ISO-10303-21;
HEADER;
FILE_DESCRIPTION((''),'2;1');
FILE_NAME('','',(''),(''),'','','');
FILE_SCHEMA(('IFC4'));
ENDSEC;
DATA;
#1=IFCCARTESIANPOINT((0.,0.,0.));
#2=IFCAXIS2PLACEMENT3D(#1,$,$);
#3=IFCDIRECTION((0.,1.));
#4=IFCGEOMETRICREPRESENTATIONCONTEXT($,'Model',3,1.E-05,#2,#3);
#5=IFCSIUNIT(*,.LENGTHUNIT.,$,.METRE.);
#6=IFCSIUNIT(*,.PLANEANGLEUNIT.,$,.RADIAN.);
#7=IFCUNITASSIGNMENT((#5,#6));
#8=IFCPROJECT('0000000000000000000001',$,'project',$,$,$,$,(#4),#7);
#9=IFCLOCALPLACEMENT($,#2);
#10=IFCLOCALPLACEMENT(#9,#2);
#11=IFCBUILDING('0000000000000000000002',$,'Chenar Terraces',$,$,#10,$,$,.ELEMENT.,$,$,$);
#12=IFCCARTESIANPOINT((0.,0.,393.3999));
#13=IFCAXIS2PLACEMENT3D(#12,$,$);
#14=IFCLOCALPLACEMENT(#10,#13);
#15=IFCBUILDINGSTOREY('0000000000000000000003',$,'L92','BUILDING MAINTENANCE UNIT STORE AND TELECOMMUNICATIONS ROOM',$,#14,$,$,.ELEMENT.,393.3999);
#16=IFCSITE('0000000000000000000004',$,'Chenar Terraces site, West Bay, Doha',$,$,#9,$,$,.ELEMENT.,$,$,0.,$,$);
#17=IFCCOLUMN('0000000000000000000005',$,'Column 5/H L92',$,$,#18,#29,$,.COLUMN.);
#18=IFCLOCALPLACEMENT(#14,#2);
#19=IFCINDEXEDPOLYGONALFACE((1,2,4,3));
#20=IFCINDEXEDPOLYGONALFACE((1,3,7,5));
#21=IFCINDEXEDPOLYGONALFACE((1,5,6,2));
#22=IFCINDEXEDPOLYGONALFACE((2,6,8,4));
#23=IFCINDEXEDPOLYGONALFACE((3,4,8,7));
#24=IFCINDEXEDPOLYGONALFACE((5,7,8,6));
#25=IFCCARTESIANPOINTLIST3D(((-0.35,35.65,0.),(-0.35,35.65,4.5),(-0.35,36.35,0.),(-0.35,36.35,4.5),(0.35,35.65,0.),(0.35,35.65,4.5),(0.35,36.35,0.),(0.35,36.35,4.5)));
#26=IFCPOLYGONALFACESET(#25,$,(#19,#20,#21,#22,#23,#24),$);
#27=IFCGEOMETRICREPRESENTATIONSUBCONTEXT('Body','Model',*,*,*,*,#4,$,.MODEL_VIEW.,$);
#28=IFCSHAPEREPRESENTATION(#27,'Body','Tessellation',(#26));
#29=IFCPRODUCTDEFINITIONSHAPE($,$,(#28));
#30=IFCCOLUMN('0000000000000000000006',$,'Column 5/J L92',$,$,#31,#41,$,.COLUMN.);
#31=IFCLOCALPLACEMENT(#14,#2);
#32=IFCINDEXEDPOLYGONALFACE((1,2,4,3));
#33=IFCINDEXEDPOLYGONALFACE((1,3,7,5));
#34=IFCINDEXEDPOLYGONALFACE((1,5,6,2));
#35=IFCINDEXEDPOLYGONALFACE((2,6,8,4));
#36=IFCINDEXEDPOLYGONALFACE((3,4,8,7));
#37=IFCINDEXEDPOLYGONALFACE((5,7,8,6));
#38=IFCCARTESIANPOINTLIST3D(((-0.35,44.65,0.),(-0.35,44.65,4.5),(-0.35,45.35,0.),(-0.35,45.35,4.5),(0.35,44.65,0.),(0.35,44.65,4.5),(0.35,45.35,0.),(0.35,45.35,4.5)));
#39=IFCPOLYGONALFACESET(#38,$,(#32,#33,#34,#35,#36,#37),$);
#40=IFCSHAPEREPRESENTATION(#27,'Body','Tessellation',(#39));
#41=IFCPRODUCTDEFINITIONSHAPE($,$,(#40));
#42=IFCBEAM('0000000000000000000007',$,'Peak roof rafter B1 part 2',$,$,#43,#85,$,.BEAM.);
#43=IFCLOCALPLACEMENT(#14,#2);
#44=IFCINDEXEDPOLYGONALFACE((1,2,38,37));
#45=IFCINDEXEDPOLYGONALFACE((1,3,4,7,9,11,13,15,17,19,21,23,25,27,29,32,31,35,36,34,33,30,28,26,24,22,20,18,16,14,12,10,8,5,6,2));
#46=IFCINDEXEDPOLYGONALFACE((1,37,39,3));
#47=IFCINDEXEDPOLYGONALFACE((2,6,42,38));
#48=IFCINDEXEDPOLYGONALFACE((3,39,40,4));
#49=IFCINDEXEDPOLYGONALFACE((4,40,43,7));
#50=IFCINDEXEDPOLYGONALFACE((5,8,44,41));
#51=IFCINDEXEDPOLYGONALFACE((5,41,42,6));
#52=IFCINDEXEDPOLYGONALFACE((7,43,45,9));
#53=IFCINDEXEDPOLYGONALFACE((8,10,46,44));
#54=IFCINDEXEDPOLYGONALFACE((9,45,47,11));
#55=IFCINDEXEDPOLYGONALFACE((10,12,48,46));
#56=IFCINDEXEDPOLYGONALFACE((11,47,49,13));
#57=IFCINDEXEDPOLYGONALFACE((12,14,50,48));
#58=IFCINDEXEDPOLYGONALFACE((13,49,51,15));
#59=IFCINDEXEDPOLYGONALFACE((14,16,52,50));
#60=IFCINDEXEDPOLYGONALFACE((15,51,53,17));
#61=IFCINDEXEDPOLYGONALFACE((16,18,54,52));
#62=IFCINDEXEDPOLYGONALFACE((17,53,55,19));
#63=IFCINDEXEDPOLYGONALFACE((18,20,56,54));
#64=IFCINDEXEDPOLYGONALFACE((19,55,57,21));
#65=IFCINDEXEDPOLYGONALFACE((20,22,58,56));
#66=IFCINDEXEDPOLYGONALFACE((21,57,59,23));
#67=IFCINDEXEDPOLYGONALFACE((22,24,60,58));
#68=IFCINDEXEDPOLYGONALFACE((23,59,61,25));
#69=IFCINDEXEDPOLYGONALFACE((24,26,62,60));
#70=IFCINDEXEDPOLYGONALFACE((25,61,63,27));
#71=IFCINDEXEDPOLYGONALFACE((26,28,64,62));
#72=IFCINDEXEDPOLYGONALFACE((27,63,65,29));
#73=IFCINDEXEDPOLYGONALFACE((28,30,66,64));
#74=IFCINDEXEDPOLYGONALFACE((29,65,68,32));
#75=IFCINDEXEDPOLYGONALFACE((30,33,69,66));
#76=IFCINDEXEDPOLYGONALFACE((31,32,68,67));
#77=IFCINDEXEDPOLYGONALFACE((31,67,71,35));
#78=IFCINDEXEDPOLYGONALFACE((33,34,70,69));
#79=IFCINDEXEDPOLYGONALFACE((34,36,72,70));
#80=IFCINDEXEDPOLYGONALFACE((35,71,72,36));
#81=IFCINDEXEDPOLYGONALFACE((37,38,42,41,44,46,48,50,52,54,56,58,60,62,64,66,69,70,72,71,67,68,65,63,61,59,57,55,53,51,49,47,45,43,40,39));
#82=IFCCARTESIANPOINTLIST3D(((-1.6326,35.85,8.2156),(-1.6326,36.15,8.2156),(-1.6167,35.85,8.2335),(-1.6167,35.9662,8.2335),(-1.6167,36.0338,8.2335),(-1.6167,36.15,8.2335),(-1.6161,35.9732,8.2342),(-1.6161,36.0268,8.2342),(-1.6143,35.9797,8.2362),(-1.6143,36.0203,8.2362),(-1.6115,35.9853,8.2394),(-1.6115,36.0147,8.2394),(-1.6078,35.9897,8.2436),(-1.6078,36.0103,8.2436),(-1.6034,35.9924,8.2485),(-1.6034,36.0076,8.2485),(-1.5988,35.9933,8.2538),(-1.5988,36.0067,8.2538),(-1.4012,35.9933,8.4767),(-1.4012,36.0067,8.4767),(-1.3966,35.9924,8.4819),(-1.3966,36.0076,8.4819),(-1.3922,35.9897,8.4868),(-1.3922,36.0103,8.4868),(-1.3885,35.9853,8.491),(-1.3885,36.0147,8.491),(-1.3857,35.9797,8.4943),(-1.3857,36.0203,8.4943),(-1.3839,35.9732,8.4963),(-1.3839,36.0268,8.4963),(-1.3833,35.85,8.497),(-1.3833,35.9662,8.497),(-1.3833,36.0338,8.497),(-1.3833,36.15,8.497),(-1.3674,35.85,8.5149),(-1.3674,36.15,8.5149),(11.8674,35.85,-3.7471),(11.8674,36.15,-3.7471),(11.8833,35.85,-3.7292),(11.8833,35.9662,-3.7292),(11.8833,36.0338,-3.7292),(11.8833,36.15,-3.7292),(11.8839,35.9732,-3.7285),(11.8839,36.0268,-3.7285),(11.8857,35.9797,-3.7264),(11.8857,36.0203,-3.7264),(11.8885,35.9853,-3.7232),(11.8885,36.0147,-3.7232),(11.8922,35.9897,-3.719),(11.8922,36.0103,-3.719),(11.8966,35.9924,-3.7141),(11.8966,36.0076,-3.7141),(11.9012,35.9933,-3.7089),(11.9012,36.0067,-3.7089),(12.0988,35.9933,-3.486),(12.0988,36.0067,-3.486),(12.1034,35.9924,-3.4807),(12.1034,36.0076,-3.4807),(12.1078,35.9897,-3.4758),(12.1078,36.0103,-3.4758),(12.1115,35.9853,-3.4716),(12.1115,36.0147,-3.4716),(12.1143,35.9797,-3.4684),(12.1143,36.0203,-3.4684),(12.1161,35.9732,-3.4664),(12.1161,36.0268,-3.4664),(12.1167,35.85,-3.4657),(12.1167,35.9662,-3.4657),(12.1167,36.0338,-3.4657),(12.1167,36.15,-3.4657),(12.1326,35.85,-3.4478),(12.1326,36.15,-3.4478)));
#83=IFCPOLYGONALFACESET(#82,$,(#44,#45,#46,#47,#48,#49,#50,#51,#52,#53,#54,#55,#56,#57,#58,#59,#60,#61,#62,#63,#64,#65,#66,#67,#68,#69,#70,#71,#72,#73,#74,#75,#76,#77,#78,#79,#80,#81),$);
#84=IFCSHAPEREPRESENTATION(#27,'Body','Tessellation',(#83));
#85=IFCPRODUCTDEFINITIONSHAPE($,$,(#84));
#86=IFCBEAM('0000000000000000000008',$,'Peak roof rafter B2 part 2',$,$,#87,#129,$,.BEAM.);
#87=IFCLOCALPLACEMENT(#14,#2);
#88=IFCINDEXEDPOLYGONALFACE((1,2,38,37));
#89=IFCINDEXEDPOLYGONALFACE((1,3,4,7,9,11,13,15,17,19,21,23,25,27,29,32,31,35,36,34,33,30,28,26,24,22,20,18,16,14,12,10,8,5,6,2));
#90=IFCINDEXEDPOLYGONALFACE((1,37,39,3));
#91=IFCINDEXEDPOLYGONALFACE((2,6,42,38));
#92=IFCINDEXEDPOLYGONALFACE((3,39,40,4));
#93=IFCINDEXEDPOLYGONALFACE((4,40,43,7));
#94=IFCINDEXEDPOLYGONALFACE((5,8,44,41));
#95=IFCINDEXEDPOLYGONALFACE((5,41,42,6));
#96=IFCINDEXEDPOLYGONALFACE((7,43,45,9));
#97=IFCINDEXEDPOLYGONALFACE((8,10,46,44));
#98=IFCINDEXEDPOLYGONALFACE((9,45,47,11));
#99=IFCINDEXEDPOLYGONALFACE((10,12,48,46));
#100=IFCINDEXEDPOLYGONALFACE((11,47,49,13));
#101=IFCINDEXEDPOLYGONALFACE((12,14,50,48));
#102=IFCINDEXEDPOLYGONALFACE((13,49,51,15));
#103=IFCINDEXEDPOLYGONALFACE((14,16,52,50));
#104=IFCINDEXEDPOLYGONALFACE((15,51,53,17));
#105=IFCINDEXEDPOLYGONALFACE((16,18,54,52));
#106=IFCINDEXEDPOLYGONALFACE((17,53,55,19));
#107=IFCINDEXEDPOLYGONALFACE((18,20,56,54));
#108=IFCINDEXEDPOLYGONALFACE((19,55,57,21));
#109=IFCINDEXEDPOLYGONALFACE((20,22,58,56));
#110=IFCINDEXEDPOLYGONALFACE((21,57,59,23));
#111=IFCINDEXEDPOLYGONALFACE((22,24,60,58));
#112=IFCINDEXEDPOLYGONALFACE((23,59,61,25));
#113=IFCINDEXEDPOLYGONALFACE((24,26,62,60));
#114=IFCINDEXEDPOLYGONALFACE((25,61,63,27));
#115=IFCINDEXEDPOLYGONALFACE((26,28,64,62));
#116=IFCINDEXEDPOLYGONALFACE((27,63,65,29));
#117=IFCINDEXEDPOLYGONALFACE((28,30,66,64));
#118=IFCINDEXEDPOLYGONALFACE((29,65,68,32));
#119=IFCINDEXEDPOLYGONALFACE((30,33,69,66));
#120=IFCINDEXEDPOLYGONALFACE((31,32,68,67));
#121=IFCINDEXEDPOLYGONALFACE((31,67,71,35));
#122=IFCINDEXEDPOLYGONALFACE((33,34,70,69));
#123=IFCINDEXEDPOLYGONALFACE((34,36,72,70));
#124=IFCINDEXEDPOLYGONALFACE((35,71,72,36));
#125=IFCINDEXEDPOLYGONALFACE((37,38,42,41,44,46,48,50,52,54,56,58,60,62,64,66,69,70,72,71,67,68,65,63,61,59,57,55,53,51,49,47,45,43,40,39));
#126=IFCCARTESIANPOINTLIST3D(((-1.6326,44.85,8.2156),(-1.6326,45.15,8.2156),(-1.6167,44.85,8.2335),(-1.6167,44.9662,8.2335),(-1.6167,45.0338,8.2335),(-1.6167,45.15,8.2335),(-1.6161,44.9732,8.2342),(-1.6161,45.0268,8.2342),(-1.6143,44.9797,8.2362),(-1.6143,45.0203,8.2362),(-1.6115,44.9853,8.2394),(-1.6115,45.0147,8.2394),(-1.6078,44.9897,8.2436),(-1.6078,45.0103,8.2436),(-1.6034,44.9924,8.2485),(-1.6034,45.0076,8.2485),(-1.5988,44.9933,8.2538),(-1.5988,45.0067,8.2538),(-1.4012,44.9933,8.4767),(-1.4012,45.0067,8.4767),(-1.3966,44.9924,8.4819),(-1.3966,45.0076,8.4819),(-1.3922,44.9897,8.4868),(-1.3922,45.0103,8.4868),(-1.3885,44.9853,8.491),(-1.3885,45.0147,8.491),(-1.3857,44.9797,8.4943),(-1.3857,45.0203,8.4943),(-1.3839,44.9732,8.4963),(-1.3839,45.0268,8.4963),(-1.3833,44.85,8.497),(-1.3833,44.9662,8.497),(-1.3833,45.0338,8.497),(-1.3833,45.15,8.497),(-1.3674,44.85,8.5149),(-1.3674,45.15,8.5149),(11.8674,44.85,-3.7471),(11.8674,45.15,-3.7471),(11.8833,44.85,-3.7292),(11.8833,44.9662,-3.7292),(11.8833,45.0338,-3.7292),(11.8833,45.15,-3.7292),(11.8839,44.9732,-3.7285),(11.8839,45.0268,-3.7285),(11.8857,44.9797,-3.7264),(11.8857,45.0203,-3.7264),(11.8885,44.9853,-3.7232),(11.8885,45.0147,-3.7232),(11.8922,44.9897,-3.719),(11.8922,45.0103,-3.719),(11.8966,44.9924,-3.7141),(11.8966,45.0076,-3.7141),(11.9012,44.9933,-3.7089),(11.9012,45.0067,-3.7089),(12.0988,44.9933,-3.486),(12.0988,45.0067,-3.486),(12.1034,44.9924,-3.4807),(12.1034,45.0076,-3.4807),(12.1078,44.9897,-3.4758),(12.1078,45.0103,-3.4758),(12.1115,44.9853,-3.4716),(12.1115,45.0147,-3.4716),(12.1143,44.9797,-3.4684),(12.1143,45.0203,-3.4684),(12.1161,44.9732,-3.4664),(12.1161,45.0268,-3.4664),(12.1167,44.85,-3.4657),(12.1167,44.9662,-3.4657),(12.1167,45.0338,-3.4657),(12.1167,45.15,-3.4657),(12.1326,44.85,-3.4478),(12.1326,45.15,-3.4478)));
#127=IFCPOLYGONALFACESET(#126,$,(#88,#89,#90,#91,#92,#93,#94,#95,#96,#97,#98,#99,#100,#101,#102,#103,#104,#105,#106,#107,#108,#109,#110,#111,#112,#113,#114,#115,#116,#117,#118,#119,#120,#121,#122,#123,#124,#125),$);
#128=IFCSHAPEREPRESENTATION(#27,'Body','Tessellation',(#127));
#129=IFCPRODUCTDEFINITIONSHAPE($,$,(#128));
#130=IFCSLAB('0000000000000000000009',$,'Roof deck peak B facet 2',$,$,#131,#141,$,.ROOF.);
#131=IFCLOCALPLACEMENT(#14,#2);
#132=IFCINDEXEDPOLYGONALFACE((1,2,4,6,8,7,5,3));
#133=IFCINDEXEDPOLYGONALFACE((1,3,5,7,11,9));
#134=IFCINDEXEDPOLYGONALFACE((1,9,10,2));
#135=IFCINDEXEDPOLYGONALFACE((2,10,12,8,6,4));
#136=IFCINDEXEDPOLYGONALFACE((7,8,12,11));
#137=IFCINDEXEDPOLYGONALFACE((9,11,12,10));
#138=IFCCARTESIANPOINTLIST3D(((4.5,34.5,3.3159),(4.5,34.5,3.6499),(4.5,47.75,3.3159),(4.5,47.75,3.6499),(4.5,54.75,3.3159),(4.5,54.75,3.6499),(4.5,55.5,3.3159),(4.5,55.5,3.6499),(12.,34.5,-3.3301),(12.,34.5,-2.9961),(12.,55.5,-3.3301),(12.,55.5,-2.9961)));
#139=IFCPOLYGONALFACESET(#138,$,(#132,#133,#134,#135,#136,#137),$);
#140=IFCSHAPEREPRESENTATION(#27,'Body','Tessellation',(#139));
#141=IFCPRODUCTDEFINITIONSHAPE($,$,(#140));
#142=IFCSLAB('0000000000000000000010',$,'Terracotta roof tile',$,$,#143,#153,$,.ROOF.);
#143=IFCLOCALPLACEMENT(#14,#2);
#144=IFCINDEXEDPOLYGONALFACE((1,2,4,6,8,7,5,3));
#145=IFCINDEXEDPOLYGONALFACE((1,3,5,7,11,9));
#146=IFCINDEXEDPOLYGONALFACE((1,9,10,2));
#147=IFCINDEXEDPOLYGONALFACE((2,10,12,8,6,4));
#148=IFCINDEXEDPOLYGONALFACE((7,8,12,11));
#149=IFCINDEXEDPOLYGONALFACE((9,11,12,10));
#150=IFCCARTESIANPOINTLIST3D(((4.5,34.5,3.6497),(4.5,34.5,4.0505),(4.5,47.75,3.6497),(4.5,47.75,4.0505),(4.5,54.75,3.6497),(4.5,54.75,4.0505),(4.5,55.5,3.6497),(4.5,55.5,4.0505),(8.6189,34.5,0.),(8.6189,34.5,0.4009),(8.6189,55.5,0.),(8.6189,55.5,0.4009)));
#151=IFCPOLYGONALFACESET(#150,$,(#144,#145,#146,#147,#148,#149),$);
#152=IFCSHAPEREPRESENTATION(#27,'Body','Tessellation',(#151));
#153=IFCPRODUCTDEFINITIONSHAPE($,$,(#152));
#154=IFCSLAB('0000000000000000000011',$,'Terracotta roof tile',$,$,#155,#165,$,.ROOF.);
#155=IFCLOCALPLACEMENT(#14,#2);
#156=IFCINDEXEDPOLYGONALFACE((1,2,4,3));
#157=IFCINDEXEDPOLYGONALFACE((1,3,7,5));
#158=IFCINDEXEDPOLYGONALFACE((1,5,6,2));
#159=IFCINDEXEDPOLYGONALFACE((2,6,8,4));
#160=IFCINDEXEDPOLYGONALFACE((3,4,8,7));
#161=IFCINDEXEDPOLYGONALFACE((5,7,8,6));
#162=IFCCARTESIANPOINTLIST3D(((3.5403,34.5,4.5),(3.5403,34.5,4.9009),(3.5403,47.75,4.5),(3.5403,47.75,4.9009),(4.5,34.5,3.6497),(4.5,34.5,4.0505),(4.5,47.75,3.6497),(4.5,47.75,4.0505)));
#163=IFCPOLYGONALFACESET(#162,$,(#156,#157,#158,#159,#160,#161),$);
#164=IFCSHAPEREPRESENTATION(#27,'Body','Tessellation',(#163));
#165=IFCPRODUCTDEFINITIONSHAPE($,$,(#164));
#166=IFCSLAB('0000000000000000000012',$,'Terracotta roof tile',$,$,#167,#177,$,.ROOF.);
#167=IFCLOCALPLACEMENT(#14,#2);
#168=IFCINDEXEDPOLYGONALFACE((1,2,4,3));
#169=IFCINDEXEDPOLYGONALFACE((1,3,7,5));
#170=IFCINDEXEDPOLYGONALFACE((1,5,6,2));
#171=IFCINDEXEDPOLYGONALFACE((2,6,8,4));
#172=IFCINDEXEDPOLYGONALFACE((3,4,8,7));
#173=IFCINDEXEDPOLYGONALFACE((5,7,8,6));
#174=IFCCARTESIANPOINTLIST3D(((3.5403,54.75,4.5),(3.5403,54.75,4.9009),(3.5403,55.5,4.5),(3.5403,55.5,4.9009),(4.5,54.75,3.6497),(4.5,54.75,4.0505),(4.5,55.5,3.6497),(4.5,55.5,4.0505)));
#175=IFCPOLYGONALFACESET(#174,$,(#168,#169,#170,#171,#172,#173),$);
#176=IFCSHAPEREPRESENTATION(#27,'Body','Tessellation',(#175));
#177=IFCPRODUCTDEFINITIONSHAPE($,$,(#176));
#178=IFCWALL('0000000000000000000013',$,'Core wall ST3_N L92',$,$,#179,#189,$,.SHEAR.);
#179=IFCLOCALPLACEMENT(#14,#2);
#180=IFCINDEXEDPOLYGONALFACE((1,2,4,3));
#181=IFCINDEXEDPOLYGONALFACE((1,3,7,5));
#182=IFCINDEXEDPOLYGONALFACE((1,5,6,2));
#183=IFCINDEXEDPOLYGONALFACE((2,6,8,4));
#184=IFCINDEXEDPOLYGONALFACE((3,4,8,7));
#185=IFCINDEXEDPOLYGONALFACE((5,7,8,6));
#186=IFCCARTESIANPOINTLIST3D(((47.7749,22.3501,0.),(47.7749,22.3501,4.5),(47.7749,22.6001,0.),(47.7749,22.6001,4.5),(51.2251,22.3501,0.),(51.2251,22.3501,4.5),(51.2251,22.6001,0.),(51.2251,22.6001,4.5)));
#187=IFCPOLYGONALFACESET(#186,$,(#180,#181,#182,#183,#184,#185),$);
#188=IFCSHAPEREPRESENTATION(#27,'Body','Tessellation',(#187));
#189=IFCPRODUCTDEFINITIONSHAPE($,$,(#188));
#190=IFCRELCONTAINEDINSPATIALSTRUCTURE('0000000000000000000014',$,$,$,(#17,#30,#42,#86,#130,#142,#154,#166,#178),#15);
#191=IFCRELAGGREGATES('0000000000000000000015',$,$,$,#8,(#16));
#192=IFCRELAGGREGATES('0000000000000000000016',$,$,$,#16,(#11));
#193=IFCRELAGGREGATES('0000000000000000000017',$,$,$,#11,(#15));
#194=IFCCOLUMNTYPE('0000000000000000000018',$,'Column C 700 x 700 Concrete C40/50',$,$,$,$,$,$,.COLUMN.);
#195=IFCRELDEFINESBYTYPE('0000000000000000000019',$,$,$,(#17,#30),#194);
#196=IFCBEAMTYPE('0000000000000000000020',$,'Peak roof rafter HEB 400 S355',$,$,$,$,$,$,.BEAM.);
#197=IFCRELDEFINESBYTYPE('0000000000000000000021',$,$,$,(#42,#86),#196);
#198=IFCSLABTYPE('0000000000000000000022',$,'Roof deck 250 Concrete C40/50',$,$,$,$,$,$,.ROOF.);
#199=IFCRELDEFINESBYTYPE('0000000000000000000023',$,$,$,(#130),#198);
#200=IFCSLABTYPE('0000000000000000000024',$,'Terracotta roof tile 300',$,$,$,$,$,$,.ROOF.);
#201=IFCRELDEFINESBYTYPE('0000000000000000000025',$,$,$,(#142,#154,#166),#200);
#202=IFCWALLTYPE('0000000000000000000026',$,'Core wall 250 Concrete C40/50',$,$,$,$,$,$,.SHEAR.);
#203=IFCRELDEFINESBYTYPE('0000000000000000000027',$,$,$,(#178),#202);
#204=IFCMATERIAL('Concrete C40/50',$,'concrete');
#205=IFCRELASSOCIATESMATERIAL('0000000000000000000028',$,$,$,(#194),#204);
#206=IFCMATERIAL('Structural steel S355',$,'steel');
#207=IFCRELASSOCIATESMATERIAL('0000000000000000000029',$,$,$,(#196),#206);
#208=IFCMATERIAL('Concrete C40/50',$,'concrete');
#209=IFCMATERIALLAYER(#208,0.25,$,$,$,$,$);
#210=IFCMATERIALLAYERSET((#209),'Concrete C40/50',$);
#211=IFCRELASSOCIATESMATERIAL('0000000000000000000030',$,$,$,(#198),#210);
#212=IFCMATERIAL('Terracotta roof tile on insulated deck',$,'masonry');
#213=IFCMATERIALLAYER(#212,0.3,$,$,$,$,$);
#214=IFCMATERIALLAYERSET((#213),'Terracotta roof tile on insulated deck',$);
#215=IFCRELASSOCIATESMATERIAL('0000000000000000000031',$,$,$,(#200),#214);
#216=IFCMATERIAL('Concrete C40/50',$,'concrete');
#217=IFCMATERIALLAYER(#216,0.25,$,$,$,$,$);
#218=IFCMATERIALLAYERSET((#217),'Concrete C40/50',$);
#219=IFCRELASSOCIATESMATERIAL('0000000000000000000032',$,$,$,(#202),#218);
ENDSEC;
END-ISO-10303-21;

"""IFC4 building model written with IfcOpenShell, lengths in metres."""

from ifc_helpers import new_model, si_unit, direction, frame, frame_2d, origin, origin_2d, place, context, subcontext, project, spatial, polyline, rectangle, i_section, outline, extrude, material, layer, layer_set, material_profile, profile_set, type_object, element, save


model = new_model("IFC4")

# Units and contexts
model_context = context("Model", 3, precision=1e-05, world=origin(), true_north=direction((0.0, 1.0)))
body_context = subcontext(model_context, "Body", "Model", "MODEL_VIEW")
ifc_project = project(units=[si_unit("LENGTHUNIT", "METRE"), si_unit("PLANEANGLEUNIT", "RADIAN")], contexts=[model_context])

# Site, building, storey
site_placement = place(None, origin())
site = spatial("IfcSite", under=ifc_project, at=site_placement, Name="Chenar Terraces site, West Bay, Doha", CompositionType="ELEMENT", RefElevation=0.0)
building_placement = place(site_placement, origin())
building = spatial("IfcBuilding", under=site, at=building_placement, Name="Chenar Terraces", CompositionType="ELEMENT")
storey_placement = place(building_placement, frame((0.0, 0.0, 393.3999)))
storey = spatial("IfcBuildingStorey", under=building, at=storey_placement, Name="L92", Description="BUILDING MAINTENANCE UNIT STORE AND TELECOMMUNICATIONS ROOM", CompositionType="ELEMENT", Elevation=393.3999)

# Columns
ifc_material_1 = material(Name="Concrete C40/50", Category="concrete")
ifc_material_profile_1 = material_profile(ifc_material_1, rectangle(XDim=0.7, YDim=0.7, at=origin_2d()), Name="C 700 x 700")
ifc_profile_set_1 = profile_set([ifc_material_profile_1], Name="Concrete C40/50")
column_type = type_object("IfcColumnType", Name="Column C 700 x 700 Concrete C40/50", PredefinedType="COLUMN", material=ifc_profile_set_1)
for number, where, z_axis, x_axis, name in (
    (1, (0.0, 36.0, 0.0), (0.0, 0.0, 1.0), (1.0, 0.0, 0.0), "Column 5/H L92"),
    (2, (0.0, 45.0, 0.0), (0.0, 0.0, 1.0), (1.0, 0.0, 0.0), "Column 5/J L92"),
):
    element("IfcColumn", number, at=place(storey_placement, frame(where, z_axis=z_axis, x_axis=x_axis)), inside=storey, type_object=column_type, Name=name, PredefinedType="COLUMN", context=body_context, shape_type="SweptSolid", body=[
        extrude(rectangle(XDim=0.7, YDim=0.7, at=origin_2d()), origin(), (0.0, 0.0, 1.0), 4.5),
    ])

# Beams
ifc_material_2 = material(Name="Structural steel S355", Category="steel")
ifc_material_profile_2 = material_profile(ifc_material_2, i_section(OverallWidth=0.3, OverallDepth=0.3999, WebThickness=0.0134, FlangeThickness=0.0239, FilletRadius=0.0271, at=origin_2d()), Name="HEB 400")
ifc_profile_set_2 = profile_set([ifc_material_profile_2], Name="Structural steel S355")
beam_type = type_object("IfcBeamType", Name="Peak roof rafter HEB 400 S355", PredefinedType="BEAM", material=ifc_profile_set_2)
for number, where, z_axis, x_axis, name in (
    (3, (12.0, 36.0, -3.5974), (-0.748437, 0.0, 0.663206), (0.0, -1.0, 0.0), "Peak roof rafter B1 part 2"),
    (4, (12.0, 45.0, -3.5974), (-0.748437, 0.0, 0.663206), (0.0, -1.0, 0.0), "Peak roof rafter B2 part 2"),
):
    element("IfcBeam", number, at=place(storey_placement, frame(where, z_axis=z_axis, x_axis=x_axis)), inside=storey, type_object=beam_type, Name=name, PredefinedType="BEAM", context=body_context, shape_type="SweptSolid", body=[
        extrude(i_section(OverallWidth=0.3, OverallDepth=0.3999, WebThickness=0.0134, FlangeThickness=0.0239, FilletRadius=0.0271, at=origin_2d()), origin(), (0.0, 0.0, 1.0), 18.0376),
    ])

# Slabs
ifc_material_3 = material(Name="Concrete C40/50", Category="concrete")
ifc_layer_1 = layer(ifc_material_3, 0.25)
ifc_layer_set_1 = layer_set([ifc_layer_1], Name="Concrete C40/50")
slab_type_1 = type_object("IfcSlabType", Name="Roof deck 250 Concrete C40/50", PredefinedType="ROOF", material=ifc_layer_set_1)
slab_1_placement = place(storey_placement, frame((4.5, 34.5, 3.6499), z_axis=(0.663211, 0.0, 0.748433), x_axis=(0.748433, 0.0, -0.663211)))
element("IfcSlab", 5, at=slab_1_placement, inside=storey, type_object=slab_type_1, Name="Roof deck peak B facet 2", PredefinedType="ROOF", context=body_context, shape_type="SweptSolid", body=[
    extrude(outline(polyline([(0.0, 0.0), (10.0209, 0.0), (10.0209, 21.0), (0.0, 21.0), (0.0, 20.25), (0.0, 13.25), (0.0, 0.0)])), origin(), (0.663211, 0.0, -0.748433), 0.334),
])
ifc_material_4 = material(Name="Terracotta roof tile on insulated deck", Category="masonry")
ifc_layer_2 = layer(ifc_material_4, 0.3)
ifc_layer_set_2 = layer_set([ifc_layer_2], Name="Terracotta roof tile on insulated deck")
slab_type_2 = type_object("IfcSlabType", Name="Terracotta roof tile 300", PredefinedType="ROOF", material=ifc_layer_set_2)
slab_2_placement = place(storey_placement, frame((8.6189, 34.5, 0.4009), z_axis=(0.663187, 0.0, 0.748454), x_axis=(0.0, 1.0, 0.0)))
element("IfcSlab", 6, at=slab_2_placement, inside=storey, type_object=slab_type_2, Name="Terracotta roof tile", PredefinedType="ROOF", context=body_context, shape_type="SweptSolid", body=[
    extrude(outline(polyline([(0.0, 0.0), (21.0, 0.0), (21.0, 5.5032), (20.25, 5.5032), (13.25, 5.5032), (0.0, 5.5032), (0.0, 0.0)])), origin(), (0.0, -0.663187, -0.748454), 0.4009),
])
slab_3_placement = place(storey_placement, frame((4.5, 34.5, 4.0505), z_axis=(0.663169, 0.0, 0.748469), x_axis=(0.0, 1.0, 0.0)))
element("IfcSlab", 7, at=slab_3_placement, inside=storey, type_object=slab_type_2, Name="Terracotta roof tile", PredefinedType="ROOF", context=body_context, shape_type="SweptSolid", body=[
    extrude(outline(polyline([(0.0, 0.0), (13.25, 0.0), (13.25, 1.2822), (0.0, 1.2822), (0.0, 0.0)])), origin(), (0.0, -0.663169, -0.748469), 0.4009),
])
slab_4_placement = place(storey_placement, frame((3.5403, 55.5, 4.9009), z_axis=(0.663169, 0.0, 0.748469), x_axis=(0.0, -1.0, 0.0)))
element("IfcSlab", 8, at=slab_4_placement, inside=storey, type_object=slab_type_2, Name="Terracotta roof tile", PredefinedType="ROOF", context=body_context, shape_type="SweptSolid", body=[
    extrude(outline(polyline([(0.0, 0.0), (0.75, 0.0), (0.75, 1.2822), (0.0, 1.2822), (0.0, 0.0)])), origin(), (0.0, 0.663169, -0.748469), 0.4009),
])

# Wall
ifc_material_5 = material(Name="Concrete C40/50", Category="concrete")
ifc_layer_3 = layer(ifc_material_5, 0.25)
ifc_layer_set_3 = layer_set([ifc_layer_3], Name="Concrete C40/50")
wall_type_1 = type_object("IfcWallType", Name="Core wall 250 Concrete C40/50", PredefinedType="SHEAR", material=ifc_layer_set_3)
wall_1_placement = place(storey_placement, frame((47.7749, 22.4751, 0.0), z_axis=(0.0, 0.0, 1.0), x_axis=(1.0, 0.0, 0.0)))
element("IfcWall", 9, at=wall_1_placement, inside=storey, type_object=wall_type_1, Name="Core wall ST3_N L92", PredefinedType="SHEAR", context=body_context, shape_type="SweptSolid", body=[
    extrude(rectangle(XDim=3.4502, YDim=0.25, at=frame_2d((1.7251, 0.0))), origin(), (0.0, 0.0, 1.0), 4.5),
])

save(model, "model.ifc")
